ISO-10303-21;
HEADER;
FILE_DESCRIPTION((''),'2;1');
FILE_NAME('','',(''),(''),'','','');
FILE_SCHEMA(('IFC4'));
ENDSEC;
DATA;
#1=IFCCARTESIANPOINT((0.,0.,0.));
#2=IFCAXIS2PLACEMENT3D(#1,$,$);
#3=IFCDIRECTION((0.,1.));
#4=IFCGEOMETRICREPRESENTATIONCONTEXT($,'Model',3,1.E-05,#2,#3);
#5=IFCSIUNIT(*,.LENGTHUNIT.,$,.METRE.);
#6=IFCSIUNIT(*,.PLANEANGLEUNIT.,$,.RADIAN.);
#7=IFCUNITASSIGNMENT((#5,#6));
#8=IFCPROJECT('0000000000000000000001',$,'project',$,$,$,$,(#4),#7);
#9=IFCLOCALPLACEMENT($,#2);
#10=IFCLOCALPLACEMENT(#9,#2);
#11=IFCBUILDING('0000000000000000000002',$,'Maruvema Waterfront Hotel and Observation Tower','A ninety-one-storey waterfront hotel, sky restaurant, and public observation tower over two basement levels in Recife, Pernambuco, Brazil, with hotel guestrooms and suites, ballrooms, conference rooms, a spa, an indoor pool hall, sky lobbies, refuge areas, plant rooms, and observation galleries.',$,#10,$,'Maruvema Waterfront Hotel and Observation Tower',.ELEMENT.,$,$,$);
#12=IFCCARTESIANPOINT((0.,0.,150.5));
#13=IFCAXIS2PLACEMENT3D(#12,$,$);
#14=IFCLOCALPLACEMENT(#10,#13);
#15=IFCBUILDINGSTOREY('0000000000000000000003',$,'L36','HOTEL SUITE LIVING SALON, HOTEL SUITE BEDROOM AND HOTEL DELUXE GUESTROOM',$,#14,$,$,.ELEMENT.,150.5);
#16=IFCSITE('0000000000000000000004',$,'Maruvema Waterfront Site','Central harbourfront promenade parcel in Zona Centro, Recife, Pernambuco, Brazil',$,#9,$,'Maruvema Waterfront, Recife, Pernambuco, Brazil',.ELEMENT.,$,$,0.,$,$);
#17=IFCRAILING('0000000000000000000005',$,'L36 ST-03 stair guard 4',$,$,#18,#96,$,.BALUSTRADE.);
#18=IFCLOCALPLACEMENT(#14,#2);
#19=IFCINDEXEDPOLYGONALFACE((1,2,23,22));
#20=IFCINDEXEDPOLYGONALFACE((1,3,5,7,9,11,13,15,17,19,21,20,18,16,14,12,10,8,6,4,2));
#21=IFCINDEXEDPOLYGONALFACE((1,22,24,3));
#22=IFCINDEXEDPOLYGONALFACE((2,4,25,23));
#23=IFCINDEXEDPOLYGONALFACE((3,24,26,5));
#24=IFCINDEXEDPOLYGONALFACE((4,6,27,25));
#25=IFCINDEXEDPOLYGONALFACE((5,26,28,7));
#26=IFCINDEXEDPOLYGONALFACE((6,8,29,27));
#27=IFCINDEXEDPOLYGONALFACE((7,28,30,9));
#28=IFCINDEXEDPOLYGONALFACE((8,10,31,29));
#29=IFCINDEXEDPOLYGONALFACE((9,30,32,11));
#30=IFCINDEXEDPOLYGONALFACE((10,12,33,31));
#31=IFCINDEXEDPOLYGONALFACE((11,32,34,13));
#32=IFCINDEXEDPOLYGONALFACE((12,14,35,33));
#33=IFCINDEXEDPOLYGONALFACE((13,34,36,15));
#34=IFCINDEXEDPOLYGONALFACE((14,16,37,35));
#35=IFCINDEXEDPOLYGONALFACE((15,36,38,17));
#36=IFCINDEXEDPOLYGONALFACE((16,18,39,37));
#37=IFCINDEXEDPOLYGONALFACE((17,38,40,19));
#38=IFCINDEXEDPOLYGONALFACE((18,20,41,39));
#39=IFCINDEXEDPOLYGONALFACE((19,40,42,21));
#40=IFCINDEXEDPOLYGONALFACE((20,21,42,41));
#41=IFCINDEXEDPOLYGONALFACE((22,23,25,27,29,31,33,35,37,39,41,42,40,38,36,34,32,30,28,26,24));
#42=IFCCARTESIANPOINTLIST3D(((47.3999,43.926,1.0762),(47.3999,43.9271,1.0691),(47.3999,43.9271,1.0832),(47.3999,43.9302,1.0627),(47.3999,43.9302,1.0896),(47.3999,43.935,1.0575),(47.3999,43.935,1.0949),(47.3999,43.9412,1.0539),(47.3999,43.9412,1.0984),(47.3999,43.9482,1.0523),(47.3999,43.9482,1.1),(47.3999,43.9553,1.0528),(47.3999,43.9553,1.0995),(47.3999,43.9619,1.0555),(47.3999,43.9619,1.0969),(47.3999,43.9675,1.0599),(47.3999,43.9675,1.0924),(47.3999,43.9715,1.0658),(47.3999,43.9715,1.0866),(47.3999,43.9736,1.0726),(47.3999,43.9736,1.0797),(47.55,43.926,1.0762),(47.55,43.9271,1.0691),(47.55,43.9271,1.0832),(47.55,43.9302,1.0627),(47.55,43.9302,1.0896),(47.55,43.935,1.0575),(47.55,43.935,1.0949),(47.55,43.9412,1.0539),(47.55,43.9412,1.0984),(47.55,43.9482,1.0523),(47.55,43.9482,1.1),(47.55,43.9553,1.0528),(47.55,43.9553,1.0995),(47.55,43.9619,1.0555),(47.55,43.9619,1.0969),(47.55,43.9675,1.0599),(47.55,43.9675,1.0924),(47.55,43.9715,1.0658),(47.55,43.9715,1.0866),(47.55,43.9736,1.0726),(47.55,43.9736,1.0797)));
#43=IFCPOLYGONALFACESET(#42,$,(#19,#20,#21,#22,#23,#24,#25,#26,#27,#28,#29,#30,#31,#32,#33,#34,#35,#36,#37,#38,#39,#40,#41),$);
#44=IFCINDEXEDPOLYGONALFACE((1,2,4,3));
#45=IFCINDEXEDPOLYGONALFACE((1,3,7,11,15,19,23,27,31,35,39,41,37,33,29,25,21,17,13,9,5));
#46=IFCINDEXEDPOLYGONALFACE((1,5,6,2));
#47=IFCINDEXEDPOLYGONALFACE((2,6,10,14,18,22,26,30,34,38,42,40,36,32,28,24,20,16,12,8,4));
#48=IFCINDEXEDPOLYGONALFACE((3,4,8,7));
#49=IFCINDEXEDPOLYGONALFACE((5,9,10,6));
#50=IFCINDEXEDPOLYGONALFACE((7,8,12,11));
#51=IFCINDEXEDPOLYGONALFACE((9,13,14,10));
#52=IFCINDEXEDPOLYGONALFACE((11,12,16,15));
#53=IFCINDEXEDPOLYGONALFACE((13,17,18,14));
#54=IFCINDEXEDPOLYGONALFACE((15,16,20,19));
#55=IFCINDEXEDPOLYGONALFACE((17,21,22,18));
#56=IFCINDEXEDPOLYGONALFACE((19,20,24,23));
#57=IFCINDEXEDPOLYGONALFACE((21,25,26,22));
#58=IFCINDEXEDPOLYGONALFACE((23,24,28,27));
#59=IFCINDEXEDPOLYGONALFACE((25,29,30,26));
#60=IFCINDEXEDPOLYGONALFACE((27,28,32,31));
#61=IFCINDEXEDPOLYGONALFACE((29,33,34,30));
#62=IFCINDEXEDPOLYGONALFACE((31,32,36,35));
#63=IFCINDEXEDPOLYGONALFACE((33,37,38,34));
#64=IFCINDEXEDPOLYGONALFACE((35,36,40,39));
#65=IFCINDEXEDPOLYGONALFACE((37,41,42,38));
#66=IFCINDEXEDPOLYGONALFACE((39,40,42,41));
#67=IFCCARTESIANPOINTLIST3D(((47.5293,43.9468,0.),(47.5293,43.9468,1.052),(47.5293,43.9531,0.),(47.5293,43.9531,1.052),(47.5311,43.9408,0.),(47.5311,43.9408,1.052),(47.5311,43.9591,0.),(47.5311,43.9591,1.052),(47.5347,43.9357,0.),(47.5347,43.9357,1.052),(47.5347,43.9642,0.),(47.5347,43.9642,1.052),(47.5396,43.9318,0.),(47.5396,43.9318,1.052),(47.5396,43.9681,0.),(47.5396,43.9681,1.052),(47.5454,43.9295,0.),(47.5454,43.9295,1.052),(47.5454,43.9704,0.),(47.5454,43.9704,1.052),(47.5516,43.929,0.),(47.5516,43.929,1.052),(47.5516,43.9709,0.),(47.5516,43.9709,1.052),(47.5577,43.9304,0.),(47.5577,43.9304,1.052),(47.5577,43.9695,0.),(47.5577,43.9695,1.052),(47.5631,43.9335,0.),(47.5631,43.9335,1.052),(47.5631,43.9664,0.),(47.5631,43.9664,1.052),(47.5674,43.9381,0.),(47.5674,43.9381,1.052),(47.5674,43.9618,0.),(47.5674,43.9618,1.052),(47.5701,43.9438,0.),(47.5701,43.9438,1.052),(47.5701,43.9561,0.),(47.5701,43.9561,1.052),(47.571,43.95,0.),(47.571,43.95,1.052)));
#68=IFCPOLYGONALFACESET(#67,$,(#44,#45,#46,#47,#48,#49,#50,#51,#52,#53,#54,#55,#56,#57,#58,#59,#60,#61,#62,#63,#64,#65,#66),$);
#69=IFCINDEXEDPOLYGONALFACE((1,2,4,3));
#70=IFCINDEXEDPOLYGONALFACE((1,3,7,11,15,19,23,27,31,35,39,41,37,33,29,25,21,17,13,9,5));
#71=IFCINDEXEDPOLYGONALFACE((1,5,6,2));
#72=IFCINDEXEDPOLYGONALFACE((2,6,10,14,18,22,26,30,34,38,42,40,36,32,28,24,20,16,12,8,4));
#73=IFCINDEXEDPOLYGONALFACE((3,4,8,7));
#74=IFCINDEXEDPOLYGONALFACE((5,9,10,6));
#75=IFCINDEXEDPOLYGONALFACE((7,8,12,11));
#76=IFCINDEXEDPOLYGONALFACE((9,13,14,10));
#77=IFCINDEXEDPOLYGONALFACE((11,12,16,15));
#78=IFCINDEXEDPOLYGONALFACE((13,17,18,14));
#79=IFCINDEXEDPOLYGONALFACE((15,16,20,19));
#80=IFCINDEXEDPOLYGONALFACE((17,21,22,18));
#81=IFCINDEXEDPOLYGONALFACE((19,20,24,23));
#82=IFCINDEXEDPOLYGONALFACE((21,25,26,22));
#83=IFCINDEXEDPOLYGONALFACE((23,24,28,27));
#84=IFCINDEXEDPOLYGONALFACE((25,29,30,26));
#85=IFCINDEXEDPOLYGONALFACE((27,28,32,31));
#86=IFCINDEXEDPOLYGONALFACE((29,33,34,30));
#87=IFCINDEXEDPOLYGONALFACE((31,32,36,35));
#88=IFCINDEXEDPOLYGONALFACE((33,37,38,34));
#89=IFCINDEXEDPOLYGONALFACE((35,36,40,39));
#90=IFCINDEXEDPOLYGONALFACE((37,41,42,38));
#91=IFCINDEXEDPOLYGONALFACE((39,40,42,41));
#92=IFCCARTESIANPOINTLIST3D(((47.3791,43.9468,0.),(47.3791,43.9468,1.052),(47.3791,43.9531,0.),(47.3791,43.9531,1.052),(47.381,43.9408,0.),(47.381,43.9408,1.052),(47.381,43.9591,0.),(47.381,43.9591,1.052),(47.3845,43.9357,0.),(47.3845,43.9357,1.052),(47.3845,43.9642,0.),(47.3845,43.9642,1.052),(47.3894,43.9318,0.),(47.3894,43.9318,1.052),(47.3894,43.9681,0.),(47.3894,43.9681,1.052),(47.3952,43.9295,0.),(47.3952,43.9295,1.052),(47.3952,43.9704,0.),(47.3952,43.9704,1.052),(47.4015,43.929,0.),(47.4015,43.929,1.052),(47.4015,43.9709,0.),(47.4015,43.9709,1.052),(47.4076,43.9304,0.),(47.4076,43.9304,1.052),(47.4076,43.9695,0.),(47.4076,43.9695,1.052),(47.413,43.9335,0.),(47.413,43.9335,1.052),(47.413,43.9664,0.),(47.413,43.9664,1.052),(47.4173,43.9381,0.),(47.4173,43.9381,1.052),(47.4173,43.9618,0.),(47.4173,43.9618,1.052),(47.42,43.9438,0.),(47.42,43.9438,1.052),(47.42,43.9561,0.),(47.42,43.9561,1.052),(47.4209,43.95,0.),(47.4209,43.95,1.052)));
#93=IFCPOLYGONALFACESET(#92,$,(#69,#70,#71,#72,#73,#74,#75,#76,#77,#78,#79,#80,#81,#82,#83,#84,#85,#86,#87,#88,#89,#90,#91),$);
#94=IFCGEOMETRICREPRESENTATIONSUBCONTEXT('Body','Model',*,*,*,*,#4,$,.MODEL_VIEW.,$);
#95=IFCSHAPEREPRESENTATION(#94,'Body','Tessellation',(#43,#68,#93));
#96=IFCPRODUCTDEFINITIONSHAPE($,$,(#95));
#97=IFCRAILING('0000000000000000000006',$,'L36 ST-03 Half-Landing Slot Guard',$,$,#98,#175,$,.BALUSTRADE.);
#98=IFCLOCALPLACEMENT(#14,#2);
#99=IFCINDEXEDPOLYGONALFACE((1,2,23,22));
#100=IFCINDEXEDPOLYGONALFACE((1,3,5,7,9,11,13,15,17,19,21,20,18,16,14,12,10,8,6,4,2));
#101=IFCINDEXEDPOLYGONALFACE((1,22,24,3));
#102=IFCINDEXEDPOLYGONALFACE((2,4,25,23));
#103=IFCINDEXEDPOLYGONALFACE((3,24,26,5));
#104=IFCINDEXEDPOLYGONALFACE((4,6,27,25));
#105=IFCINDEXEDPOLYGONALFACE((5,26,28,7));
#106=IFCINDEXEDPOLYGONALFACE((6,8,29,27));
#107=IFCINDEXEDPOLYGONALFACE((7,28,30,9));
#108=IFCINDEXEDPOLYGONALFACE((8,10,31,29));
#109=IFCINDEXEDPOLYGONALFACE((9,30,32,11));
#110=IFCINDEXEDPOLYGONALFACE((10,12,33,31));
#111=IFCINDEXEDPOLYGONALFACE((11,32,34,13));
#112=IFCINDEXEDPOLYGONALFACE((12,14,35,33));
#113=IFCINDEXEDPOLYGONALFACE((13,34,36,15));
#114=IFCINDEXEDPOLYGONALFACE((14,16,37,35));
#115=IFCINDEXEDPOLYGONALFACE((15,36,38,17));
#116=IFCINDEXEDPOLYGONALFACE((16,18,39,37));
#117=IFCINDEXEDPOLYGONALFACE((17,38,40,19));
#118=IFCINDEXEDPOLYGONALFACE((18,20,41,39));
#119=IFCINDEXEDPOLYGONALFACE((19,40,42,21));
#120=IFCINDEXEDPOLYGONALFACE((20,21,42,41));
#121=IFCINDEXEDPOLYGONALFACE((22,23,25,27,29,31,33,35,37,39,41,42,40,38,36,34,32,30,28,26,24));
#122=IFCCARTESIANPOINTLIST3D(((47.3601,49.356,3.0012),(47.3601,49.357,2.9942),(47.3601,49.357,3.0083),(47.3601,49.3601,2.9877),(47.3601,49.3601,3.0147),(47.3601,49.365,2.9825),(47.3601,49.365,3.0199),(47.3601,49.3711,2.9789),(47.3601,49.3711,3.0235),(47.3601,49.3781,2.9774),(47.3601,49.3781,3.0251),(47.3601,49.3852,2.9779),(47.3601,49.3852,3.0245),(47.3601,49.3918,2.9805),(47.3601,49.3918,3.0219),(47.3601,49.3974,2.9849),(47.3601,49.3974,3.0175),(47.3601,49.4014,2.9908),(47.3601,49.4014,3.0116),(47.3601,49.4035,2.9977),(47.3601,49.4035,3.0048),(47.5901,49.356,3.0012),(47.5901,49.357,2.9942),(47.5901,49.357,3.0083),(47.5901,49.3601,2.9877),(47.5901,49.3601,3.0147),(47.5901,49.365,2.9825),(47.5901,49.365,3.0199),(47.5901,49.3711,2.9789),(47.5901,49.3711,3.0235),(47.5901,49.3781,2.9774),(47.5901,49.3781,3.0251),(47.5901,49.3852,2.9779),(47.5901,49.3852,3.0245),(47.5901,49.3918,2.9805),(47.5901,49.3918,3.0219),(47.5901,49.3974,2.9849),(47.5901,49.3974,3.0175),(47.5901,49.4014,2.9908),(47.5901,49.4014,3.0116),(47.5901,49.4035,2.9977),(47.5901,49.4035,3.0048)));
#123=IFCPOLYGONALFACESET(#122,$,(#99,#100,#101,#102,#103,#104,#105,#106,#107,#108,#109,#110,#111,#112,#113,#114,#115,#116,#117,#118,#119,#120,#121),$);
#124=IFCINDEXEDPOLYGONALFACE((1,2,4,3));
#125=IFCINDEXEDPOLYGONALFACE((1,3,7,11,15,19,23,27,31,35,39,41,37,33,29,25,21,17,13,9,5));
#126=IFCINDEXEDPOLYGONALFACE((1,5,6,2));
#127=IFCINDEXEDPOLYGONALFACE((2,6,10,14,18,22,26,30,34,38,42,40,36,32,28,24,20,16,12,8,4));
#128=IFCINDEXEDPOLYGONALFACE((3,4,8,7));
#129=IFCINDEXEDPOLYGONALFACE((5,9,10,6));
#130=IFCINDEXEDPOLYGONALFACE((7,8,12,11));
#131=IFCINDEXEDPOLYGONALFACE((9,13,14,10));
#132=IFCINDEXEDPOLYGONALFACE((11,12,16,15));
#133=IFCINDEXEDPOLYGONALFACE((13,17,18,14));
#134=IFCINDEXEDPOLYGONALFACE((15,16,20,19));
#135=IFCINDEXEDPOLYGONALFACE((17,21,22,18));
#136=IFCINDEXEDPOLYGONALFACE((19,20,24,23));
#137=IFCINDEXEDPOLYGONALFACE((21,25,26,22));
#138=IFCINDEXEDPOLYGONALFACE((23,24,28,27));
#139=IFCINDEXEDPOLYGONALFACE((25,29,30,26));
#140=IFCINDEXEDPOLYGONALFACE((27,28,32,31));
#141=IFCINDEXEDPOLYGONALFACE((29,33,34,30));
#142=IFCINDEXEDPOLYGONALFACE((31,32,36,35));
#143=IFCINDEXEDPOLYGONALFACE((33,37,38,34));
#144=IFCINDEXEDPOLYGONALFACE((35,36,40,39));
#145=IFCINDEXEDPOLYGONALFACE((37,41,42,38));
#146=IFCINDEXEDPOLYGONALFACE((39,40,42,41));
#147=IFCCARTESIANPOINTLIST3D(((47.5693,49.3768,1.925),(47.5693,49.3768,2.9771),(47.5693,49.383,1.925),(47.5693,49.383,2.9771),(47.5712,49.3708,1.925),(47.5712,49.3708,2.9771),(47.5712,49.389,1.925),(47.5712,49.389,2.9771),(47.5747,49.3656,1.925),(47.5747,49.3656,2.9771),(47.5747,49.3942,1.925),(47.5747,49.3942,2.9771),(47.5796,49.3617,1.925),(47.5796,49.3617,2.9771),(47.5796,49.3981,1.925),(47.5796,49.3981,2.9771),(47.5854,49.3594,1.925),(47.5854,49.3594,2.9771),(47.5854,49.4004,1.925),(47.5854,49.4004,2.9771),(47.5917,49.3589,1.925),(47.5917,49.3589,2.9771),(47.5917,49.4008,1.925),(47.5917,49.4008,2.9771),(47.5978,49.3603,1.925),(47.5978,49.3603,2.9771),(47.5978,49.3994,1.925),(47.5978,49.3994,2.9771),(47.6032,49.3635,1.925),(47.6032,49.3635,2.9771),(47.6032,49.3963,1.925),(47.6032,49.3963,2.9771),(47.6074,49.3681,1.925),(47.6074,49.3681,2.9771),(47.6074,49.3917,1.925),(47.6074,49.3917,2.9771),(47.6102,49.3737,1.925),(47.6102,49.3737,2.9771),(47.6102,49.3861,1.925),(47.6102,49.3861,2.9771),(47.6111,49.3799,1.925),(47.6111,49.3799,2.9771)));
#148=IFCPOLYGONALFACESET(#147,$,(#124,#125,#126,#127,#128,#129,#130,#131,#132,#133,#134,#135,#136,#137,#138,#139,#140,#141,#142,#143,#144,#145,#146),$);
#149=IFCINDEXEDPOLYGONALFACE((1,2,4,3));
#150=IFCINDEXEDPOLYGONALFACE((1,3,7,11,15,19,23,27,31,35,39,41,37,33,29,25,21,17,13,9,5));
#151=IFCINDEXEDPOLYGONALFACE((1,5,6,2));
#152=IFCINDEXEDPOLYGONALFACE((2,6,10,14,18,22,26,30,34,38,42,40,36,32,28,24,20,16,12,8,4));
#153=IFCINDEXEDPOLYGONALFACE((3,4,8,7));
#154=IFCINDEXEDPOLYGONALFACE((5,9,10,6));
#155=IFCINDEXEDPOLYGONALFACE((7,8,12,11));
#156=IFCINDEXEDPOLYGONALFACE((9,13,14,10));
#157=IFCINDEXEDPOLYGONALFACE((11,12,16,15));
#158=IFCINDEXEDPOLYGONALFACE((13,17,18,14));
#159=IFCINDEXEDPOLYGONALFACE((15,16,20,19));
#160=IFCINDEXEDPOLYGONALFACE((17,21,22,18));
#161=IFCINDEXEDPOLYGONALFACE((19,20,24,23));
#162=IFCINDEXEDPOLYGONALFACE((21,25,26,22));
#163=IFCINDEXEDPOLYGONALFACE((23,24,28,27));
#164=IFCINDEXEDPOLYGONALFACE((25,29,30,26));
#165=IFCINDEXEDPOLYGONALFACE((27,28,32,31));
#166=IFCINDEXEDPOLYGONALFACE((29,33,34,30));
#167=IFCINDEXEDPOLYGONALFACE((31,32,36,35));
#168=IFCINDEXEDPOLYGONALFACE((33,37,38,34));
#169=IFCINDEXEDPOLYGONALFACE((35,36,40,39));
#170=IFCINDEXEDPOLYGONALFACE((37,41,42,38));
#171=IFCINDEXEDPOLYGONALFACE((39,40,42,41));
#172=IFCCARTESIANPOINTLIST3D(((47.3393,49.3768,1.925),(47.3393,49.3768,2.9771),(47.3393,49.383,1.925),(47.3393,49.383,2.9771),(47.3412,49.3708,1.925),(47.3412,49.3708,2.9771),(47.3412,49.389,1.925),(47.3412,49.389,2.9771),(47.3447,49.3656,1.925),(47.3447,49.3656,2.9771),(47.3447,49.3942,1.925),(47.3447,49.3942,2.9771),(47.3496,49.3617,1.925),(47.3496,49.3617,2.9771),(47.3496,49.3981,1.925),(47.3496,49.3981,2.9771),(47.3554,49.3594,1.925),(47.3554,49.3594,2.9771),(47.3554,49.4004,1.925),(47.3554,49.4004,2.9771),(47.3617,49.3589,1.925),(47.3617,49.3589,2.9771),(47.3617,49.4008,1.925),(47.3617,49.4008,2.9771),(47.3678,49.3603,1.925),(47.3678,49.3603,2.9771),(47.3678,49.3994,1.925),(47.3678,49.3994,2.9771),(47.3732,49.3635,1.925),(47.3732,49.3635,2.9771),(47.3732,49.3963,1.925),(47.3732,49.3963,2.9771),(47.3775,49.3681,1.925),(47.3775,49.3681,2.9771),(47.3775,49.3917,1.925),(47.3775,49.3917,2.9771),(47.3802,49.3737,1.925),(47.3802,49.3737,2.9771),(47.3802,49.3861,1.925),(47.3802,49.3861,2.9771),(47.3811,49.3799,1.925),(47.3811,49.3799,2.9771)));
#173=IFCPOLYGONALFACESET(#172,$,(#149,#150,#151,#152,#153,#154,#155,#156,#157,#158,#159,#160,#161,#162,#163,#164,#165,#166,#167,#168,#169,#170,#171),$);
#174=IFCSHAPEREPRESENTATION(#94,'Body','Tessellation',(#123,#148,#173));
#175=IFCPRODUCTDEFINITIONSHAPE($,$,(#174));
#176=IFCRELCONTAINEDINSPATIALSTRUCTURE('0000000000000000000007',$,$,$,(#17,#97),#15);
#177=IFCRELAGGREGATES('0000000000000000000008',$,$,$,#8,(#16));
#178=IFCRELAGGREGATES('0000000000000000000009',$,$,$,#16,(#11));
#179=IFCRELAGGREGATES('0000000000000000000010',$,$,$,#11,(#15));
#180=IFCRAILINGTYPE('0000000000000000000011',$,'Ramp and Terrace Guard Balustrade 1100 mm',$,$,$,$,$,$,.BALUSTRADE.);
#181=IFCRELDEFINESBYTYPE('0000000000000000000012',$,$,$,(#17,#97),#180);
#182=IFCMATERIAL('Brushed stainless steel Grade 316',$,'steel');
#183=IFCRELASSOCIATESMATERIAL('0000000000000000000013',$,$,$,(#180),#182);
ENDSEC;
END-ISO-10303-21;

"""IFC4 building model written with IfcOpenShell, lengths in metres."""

from ifc_helpers import new_model, si_unit, direction, frame, origin, origin_2d, place, context, subcontext, project, spatial, circle, extrude, material, type_object, element, save


model = new_model("IFC4")

# Units and contexts
model_context = context("Model", 3, precision=1e-05, world=origin(), true_north=direction((0.0, 1.0)))
body_context = subcontext(model_context, "Body", "Model", "MODEL_VIEW")
ifc_project = project(units=[si_unit("LENGTHUNIT", "METRE"), si_unit("PLANEANGLEUNIT", "RADIAN")], contexts=[model_context])

# Site, building, storey
site_placement = place(None, origin())
site = spatial("IfcSite", under=ifc_project, at=site_placement, Name="Maruvema Waterfront Site", Description="Central harbourfront promenade parcel in Zona Centro, Recife, Pernambuco, Brazil", LongName="Maruvema Waterfront, Recife, Pernambuco, Brazil", CompositionType="ELEMENT", RefElevation=0.0)
building_placement = place(site_placement, origin())
building = spatial("IfcBuilding", under=site, at=building_placement, Name="Maruvema Waterfront Hotel and Observation Tower", Description="A ninety-one-storey waterfront hotel, sky restaurant, and public observation tower over two basement levels in Recife, Pernambuco, Brazil, with hotel guestrooms and suites, ballrooms, conference rooms, a spa, an indoor pool hall, sky lobbies, refuge areas, plant rooms, and observation galleries.", LongName="Maruvema Waterfront Hotel and Observation Tower", CompositionType="ELEMENT")
storey_placement = place(building_placement, frame((0.0, 0.0, 150.5)))
storey = spatial("IfcBuildingStorey", under=building, at=storey_placement, Name="L36", Description="HOTEL SUITE LIVING SALON, HOTEL SUITE BEDROOM AND HOTEL DELUXE GUESTROOM", CompositionType="ELEMENT", Elevation=150.5)

# Railings
ifc_material_1 = material(Name="Brushed stainless steel Grade 316", Category="steel")
railing_type_1 = type_object("IfcRailingType", Name="Ramp and Terrace Guard Balustrade 1100 mm", PredefinedType="BALUSTRADE", material=ifc_material_1)
for number, where, name in (
    (1, (47.55, 43.95, 0.0), "L36 ST-03 stair guard 4"),
):
    element("IfcRailing", number, at=place(storey_placement, frame(where)), inside=storey, type_object=railing_type_1, Name=name, PredefinedType="BALUSTRADE", context=body_context, shape_type="SweptSolid", body=[
        extrude(circle(Radius=0.0239, at=origin_2d()), frame((0.0, 0.0, 1.0762), z_axis=(-1.0, 0.0, 0.0), x_axis=(0.0, -1.0, 0.0)), (0.0, 0.0, 1.0), 0.1501),
        extrude(circle(Radius=0.021, at=origin_2d()), origin(), (0.0, 0.0, 1.0), 1.052),
        extrude(circle(Radius=0.021, at=origin_2d()), frame((-0.1501, 0.0, 0.0)), (0.0, 0.0, 1.0), 1.052),
    ])
railing_1_placement = place(storey_placement, frame((47.5901, 49.3799, 1.925)))
element("IfcRailing", 2, at=railing_1_placement, inside=storey, type_object=railing_type_1, Name="L36 ST-03 Half-Landing Slot Guard", PredefinedType="BALUSTRADE", context=body_context, shape_type="SweptSolid", body=[
    extrude(circle(Radius=0.0239, at=origin_2d()), frame((0.0, 0.0, 1.0762), z_axis=(-1.0, 0.0, 0.0), x_axis=(0.0, -1.0, 0.0)), (0.0, 0.0, 1.0), 0.23),
    extrude(circle(Radius=0.021, at=origin_2d()), origin(), (0.0, 0.0, 1.0), 1.052),
    extrude(circle(Radius=0.021, at=origin_2d()), frame((-0.23, 0.0, 0.0)), (0.0, 0.0, 1.0), 1.052),
])

save(model, "model.ifc")
